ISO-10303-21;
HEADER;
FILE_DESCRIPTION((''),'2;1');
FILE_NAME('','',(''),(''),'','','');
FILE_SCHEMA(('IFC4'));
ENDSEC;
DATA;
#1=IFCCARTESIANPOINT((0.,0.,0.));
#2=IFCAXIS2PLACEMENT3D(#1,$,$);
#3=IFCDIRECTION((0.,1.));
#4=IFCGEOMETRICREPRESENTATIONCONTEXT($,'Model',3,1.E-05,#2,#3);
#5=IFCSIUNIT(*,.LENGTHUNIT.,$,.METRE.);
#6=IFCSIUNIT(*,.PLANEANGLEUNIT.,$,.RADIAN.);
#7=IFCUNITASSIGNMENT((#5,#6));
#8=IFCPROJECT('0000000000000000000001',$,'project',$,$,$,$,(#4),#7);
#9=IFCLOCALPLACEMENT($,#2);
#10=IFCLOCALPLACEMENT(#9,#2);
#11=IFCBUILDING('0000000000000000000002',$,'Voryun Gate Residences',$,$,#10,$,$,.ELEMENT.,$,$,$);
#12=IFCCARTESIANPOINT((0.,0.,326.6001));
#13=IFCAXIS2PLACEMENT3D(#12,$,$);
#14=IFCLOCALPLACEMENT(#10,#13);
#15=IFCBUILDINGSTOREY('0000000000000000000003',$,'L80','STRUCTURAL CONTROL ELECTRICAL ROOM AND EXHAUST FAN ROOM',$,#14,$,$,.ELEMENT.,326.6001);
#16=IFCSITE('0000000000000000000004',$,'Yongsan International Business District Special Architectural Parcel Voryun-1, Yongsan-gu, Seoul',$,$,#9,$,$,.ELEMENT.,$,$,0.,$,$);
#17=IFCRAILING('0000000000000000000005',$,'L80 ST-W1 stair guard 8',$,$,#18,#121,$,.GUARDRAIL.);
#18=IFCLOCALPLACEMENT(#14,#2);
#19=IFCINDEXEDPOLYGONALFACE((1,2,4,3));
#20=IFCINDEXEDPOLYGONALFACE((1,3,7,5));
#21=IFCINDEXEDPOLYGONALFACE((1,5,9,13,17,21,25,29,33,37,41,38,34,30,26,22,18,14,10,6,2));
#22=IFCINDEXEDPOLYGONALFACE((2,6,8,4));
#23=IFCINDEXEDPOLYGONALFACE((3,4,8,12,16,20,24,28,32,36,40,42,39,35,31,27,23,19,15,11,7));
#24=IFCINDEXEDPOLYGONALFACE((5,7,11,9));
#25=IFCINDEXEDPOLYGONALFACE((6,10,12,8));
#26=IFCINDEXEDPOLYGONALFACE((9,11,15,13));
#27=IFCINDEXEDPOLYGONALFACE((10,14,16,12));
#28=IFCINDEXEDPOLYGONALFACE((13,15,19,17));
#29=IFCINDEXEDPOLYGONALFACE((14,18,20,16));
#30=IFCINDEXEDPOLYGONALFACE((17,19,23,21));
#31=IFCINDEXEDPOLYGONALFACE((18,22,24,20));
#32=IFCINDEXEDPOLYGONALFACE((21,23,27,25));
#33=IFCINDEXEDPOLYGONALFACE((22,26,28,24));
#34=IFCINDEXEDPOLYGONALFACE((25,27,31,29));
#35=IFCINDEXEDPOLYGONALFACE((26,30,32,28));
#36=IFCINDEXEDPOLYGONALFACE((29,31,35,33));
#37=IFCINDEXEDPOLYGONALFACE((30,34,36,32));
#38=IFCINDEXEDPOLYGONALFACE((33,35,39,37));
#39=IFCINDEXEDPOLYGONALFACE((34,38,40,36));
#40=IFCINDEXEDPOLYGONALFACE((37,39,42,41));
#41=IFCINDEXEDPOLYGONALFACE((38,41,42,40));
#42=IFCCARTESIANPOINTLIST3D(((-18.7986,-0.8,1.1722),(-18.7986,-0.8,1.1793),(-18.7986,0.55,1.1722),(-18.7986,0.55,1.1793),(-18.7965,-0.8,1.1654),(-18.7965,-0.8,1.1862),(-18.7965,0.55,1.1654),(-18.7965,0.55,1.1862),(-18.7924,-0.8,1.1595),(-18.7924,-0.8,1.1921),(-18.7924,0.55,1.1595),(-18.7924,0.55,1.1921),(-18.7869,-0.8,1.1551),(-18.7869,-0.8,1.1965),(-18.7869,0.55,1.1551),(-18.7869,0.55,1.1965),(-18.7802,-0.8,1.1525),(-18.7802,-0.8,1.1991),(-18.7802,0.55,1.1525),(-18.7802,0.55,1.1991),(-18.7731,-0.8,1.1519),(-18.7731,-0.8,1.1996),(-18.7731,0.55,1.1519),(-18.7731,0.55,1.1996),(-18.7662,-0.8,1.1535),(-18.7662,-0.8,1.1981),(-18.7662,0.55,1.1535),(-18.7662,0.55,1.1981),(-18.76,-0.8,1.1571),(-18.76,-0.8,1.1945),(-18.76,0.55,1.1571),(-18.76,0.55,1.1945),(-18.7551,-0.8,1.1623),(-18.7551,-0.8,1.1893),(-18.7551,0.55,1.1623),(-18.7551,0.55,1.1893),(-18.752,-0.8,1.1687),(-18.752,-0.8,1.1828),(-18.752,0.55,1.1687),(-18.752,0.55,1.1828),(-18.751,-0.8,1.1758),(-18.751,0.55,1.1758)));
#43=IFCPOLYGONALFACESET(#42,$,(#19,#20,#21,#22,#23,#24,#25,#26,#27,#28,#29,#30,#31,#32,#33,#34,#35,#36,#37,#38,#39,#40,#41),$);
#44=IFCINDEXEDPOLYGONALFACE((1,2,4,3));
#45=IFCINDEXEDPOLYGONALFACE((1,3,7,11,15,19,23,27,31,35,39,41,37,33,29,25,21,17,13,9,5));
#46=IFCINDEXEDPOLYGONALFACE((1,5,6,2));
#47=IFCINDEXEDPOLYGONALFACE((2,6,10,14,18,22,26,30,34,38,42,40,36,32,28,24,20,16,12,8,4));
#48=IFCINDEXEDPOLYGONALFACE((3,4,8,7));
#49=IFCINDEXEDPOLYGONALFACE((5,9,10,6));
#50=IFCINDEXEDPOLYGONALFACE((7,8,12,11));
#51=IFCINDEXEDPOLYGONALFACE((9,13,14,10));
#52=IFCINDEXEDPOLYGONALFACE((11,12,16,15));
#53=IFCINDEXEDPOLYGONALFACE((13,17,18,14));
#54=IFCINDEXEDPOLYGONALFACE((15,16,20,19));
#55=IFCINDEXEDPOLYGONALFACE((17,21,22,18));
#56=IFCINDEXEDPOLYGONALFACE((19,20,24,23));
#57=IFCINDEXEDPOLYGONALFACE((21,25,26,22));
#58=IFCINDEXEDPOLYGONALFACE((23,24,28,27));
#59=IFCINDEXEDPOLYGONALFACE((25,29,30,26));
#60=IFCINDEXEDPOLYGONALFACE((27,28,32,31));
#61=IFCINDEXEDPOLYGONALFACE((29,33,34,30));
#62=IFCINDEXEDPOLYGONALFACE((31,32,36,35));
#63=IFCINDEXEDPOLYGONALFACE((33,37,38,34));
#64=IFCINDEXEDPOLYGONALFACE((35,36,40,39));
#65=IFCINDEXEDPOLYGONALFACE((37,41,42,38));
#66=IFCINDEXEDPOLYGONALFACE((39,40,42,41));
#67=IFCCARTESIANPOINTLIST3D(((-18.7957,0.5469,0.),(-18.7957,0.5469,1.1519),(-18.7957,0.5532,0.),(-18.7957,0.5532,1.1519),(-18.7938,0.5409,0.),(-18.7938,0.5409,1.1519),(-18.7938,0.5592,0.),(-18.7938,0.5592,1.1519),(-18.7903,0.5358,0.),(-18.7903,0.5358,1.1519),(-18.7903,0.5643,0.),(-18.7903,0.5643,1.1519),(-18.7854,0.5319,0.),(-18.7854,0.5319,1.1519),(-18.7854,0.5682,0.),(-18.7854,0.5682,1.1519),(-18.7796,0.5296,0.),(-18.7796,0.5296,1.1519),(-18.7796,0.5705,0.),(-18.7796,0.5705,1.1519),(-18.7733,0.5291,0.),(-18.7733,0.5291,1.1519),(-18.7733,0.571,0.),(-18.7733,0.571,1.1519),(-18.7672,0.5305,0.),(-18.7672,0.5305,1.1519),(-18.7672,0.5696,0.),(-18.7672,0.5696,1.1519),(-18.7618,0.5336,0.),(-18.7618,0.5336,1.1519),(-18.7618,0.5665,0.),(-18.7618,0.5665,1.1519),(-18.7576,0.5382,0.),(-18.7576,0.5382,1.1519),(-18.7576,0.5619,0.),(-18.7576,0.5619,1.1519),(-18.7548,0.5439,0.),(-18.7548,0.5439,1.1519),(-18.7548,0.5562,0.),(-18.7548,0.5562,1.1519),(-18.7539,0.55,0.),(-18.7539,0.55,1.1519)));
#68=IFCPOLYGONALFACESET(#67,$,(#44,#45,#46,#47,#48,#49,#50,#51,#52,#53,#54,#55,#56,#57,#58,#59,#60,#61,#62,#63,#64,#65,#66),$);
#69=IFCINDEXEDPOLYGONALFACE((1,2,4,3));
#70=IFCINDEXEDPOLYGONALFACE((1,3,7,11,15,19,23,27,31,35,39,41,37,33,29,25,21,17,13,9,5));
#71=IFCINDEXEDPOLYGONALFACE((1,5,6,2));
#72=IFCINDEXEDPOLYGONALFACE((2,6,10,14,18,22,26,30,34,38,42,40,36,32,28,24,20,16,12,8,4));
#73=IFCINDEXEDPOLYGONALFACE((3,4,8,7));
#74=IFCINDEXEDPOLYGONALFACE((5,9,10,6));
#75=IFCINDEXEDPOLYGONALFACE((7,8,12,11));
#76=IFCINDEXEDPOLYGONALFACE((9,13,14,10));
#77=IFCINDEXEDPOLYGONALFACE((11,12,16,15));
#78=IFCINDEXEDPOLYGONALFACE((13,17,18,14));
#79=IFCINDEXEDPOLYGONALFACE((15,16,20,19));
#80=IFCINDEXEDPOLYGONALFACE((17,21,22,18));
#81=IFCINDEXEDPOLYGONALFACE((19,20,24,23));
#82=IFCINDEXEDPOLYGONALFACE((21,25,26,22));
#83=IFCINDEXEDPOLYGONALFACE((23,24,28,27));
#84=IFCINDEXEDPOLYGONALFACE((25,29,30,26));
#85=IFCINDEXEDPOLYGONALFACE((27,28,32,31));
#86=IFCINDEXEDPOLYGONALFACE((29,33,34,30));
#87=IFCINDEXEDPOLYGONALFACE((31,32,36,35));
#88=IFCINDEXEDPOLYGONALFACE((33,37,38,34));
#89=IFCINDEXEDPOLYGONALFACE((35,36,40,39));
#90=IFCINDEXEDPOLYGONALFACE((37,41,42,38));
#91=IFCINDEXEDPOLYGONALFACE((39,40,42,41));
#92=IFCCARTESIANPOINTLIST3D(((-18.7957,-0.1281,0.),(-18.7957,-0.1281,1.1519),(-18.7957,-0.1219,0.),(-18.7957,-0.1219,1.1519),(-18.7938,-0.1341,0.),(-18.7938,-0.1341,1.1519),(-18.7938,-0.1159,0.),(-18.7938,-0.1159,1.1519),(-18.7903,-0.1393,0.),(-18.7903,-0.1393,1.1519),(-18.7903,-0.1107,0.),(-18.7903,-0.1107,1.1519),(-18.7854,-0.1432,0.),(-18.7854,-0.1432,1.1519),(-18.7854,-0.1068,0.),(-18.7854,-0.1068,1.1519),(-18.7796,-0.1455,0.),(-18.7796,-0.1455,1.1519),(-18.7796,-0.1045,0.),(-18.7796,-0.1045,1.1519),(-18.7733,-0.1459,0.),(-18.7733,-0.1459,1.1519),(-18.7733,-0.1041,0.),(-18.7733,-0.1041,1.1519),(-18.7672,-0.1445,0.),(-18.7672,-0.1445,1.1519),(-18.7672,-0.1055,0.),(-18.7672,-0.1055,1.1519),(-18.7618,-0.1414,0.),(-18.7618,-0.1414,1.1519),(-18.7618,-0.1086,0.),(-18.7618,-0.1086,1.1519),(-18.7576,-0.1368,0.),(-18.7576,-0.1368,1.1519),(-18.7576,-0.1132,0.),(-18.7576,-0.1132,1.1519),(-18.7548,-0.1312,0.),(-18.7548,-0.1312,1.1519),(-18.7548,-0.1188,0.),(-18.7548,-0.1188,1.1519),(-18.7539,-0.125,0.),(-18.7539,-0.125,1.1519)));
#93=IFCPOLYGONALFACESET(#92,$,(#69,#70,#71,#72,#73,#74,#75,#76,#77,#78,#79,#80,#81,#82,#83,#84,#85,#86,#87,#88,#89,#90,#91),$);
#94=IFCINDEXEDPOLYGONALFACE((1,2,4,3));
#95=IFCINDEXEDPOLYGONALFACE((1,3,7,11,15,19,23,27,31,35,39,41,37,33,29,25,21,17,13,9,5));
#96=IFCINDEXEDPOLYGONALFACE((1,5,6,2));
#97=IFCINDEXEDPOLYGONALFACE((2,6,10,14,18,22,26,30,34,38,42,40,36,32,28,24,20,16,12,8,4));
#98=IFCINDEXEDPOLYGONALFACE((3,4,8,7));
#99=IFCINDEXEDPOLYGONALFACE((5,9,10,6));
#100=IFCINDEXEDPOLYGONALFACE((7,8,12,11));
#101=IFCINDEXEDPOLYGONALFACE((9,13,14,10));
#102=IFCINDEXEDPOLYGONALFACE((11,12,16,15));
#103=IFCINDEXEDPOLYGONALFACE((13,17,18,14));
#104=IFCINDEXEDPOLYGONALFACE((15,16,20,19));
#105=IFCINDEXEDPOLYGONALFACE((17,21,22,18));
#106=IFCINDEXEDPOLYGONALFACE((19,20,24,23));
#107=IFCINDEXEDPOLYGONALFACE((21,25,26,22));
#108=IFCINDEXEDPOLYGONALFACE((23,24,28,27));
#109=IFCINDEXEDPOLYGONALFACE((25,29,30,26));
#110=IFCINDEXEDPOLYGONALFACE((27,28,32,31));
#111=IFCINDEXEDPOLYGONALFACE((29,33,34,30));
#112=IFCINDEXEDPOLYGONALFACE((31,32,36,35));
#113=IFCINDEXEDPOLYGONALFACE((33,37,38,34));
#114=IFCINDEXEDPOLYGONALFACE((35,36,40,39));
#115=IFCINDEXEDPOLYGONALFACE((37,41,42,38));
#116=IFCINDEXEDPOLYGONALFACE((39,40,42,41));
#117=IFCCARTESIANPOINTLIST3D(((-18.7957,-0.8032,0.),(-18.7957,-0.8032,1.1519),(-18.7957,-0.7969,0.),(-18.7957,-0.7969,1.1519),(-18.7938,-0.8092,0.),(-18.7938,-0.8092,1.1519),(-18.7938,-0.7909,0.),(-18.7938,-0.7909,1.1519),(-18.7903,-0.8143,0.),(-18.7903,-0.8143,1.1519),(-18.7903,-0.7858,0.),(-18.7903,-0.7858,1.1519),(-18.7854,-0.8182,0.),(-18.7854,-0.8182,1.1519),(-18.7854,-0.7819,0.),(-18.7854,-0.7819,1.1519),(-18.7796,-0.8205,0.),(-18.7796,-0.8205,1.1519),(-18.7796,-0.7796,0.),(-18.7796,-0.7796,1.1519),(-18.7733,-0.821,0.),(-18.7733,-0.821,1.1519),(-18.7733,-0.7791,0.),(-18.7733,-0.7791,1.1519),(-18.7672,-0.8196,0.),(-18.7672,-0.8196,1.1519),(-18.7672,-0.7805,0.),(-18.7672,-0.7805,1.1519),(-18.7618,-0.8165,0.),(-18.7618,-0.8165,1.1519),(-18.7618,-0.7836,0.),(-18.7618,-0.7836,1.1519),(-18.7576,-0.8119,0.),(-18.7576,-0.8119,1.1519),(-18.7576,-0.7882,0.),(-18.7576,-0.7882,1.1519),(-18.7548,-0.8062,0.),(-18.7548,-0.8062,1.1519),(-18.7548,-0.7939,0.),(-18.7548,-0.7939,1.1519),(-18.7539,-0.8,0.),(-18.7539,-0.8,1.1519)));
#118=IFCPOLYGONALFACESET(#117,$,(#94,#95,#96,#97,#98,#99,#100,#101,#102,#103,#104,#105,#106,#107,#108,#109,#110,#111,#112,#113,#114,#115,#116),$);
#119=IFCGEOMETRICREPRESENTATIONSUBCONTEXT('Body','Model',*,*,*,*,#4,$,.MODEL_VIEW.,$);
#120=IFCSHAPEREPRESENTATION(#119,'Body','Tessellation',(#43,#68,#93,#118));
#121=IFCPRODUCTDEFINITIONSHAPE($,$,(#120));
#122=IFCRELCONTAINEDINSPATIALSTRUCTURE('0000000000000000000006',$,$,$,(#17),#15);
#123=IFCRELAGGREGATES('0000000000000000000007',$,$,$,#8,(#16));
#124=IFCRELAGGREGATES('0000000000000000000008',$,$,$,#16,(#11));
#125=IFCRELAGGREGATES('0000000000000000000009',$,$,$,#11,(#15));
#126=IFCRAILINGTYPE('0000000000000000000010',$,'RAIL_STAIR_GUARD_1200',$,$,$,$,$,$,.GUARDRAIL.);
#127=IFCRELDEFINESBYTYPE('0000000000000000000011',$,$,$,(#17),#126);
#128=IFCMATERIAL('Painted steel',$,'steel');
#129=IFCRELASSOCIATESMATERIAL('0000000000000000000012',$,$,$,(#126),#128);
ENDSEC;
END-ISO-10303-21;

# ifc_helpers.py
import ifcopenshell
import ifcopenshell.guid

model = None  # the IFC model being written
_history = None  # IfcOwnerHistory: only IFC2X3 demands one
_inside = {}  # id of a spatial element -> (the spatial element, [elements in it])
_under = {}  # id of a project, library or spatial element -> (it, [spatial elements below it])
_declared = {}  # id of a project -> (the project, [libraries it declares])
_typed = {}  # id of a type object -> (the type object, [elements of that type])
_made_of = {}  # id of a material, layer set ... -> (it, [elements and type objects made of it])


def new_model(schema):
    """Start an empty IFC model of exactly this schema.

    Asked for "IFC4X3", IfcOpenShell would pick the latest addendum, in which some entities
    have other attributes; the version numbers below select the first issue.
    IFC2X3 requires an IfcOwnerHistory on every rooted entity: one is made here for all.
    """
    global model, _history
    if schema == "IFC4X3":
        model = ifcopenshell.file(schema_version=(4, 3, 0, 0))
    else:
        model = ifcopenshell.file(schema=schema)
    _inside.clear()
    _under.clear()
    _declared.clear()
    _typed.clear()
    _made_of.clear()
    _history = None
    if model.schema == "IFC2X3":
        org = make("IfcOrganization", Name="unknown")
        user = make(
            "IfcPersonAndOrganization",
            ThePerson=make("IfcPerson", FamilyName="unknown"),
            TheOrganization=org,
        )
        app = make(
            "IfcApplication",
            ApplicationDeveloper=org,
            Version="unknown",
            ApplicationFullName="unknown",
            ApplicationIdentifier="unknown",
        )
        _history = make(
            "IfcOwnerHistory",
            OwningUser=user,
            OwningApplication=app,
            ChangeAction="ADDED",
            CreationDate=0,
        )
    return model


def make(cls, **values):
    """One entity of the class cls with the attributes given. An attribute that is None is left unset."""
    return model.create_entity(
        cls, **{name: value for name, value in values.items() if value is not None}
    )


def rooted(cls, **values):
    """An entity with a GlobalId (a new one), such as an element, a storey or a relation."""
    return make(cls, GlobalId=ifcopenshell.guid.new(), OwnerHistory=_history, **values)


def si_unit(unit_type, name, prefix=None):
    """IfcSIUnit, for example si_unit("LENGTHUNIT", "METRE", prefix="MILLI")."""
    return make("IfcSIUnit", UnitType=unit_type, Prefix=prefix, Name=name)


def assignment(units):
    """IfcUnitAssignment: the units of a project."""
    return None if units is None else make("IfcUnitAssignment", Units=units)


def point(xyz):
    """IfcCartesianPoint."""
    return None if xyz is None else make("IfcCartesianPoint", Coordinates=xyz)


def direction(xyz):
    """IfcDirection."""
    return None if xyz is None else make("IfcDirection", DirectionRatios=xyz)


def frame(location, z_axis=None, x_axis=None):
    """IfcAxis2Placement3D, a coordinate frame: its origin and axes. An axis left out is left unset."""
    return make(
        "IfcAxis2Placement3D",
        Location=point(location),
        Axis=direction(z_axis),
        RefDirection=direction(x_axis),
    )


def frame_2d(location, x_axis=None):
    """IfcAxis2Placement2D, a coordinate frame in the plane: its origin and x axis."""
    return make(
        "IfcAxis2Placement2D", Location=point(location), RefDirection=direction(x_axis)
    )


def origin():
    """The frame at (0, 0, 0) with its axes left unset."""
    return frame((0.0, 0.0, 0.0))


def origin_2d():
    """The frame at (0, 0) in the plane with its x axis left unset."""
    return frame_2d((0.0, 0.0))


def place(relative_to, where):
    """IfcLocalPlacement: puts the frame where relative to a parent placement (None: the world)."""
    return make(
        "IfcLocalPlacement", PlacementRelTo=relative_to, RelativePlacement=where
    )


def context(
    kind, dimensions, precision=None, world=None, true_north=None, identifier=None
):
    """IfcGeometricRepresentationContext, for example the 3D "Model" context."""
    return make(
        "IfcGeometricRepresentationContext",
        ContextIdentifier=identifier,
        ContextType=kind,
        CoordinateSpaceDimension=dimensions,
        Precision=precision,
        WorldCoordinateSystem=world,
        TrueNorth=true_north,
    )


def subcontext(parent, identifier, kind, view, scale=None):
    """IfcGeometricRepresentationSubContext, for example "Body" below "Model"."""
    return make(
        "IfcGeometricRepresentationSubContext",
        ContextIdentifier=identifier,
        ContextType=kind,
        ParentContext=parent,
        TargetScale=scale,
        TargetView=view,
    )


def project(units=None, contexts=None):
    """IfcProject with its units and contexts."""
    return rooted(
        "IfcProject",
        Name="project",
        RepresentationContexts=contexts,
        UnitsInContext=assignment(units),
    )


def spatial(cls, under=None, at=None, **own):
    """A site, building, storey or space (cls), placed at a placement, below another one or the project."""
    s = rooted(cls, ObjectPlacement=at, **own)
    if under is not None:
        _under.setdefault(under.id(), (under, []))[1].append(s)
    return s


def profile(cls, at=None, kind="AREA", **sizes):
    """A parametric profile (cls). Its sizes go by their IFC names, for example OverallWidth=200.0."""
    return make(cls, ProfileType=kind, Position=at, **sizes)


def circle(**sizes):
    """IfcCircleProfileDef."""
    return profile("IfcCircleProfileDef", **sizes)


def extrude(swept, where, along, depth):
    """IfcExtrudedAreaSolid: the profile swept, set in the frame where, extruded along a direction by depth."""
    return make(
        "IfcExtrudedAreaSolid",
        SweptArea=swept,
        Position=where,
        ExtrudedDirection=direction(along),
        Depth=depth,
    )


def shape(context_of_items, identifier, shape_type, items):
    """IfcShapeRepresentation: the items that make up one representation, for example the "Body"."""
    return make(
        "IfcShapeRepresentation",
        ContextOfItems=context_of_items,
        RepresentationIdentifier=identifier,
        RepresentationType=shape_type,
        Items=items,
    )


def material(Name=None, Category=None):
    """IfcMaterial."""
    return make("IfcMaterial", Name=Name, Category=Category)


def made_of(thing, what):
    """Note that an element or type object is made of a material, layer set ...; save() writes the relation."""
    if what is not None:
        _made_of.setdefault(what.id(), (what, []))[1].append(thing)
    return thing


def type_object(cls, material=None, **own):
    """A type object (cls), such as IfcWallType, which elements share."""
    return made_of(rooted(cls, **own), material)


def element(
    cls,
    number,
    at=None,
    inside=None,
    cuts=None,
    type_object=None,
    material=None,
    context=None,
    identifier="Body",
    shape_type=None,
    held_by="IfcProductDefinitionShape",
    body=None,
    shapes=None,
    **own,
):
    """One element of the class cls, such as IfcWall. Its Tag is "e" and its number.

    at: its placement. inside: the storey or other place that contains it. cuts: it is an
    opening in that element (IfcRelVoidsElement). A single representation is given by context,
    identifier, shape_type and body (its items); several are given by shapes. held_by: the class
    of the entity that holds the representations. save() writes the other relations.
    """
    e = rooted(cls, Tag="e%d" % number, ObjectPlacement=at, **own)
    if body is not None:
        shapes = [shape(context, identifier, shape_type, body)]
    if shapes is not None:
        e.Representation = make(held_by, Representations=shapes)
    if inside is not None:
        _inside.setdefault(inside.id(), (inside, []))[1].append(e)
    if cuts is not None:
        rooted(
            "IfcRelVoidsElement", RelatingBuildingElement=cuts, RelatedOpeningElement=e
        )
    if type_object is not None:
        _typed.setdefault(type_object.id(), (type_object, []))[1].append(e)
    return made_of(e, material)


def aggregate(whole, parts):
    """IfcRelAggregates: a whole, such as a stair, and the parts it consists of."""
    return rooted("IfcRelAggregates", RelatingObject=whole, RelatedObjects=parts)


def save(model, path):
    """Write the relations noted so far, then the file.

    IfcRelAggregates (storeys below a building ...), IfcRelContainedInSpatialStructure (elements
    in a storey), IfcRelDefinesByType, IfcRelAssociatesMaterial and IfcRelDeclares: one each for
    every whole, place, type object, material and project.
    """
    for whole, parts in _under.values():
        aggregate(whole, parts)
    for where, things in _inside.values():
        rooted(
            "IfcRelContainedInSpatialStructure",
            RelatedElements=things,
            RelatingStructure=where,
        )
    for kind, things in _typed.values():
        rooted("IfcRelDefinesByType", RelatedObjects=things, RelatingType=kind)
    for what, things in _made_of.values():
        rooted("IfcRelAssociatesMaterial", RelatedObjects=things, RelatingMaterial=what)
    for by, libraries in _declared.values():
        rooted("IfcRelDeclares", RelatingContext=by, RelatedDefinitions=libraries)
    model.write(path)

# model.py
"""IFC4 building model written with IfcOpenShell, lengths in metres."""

from ifc_helpers import new_model, si_unit, direction, frame, origin, origin_2d, place, context, subcontext, project, spatial, circle, extrude, material, type_object, element, save


model = new_model("IFC4")

# Units and contexts
model_context = context("Model", 3, precision=1e-05, world=origin(), true_north=direction((0.0, 1.0)))
body_context = subcontext(model_context, "Body", "Model", "MODEL_VIEW")
ifc_project = project(units=[si_unit("LENGTHUNIT", "METRE"), si_unit("PLANEANGLEUNIT", "RADIAN")], contexts=[model_context])

# Site, building, storey
site_placement = place(None, origin())
site = spatial("IfcSite", under=ifc_project, at=site_placement, Name="Yongsan International Business District Special Architectural Parcel Voryun-1, Yongsan-gu, Seoul", CompositionType="ELEMENT", RefElevation=0.0)
building_placement = place(site_placement, origin())
building = spatial("IfcBuilding", under=site, at=building_placement, Name="Voryun Gate Residences", CompositionType="ELEMENT")
storey_placement = place(building_placement, frame((0.0, 0.0, 326.6001)))
storey = spatial("IfcBuildingStorey", under=building, at=storey_placement, Name="L80", Description="STRUCTURAL CONTROL ELECTRICAL ROOM AND EXHAUST FAN ROOM", CompositionType="ELEMENT", Elevation=326.6001)

# Railing
ifc_material_1 = material(Name="Painted steel", Category="steel")
railing_type = type_object("IfcRailingType", Name="RAIL_STAIR_GUARD_1200", PredefinedType="GUARDRAIL", material=ifc_material_1)
railing_placement = place(storey_placement, frame((-18.7749, 0.55, 0.0)))
element("IfcRailing", 1, at=railing_placement, inside=storey, type_object=railing_type, Name="L80 ST-W1 stair guard 8", PredefinedType="GUARDRAIL", context=body_context, shape_type="SweptSolid", body=[
    extrude(circle(Radius=0.0239, at=origin_2d()), frame((0.0, 0.0, 1.1758), z_axis=(0.0, -1.0, 0.0), x_axis=(1.0, 0.0, 0.0)), (0.0, 0.0, 1.0), 1.3501),
    extrude(circle(Radius=0.021, at=origin_2d()), origin(), (0.0, 0.0, 1.0), 1.1519),
    extrude(circle(Radius=0.021, at=origin_2d()), frame((0.0, -0.675, 0.0)), (0.0, 0.0, 1.0), 1.1519),
    extrude(circle(Radius=0.021, at=origin_2d()), frame((0.0, -1.3501, 0.0)), (0.0, 0.0, 1.0), 1.1519),
])

save(model, "model.ifc")
